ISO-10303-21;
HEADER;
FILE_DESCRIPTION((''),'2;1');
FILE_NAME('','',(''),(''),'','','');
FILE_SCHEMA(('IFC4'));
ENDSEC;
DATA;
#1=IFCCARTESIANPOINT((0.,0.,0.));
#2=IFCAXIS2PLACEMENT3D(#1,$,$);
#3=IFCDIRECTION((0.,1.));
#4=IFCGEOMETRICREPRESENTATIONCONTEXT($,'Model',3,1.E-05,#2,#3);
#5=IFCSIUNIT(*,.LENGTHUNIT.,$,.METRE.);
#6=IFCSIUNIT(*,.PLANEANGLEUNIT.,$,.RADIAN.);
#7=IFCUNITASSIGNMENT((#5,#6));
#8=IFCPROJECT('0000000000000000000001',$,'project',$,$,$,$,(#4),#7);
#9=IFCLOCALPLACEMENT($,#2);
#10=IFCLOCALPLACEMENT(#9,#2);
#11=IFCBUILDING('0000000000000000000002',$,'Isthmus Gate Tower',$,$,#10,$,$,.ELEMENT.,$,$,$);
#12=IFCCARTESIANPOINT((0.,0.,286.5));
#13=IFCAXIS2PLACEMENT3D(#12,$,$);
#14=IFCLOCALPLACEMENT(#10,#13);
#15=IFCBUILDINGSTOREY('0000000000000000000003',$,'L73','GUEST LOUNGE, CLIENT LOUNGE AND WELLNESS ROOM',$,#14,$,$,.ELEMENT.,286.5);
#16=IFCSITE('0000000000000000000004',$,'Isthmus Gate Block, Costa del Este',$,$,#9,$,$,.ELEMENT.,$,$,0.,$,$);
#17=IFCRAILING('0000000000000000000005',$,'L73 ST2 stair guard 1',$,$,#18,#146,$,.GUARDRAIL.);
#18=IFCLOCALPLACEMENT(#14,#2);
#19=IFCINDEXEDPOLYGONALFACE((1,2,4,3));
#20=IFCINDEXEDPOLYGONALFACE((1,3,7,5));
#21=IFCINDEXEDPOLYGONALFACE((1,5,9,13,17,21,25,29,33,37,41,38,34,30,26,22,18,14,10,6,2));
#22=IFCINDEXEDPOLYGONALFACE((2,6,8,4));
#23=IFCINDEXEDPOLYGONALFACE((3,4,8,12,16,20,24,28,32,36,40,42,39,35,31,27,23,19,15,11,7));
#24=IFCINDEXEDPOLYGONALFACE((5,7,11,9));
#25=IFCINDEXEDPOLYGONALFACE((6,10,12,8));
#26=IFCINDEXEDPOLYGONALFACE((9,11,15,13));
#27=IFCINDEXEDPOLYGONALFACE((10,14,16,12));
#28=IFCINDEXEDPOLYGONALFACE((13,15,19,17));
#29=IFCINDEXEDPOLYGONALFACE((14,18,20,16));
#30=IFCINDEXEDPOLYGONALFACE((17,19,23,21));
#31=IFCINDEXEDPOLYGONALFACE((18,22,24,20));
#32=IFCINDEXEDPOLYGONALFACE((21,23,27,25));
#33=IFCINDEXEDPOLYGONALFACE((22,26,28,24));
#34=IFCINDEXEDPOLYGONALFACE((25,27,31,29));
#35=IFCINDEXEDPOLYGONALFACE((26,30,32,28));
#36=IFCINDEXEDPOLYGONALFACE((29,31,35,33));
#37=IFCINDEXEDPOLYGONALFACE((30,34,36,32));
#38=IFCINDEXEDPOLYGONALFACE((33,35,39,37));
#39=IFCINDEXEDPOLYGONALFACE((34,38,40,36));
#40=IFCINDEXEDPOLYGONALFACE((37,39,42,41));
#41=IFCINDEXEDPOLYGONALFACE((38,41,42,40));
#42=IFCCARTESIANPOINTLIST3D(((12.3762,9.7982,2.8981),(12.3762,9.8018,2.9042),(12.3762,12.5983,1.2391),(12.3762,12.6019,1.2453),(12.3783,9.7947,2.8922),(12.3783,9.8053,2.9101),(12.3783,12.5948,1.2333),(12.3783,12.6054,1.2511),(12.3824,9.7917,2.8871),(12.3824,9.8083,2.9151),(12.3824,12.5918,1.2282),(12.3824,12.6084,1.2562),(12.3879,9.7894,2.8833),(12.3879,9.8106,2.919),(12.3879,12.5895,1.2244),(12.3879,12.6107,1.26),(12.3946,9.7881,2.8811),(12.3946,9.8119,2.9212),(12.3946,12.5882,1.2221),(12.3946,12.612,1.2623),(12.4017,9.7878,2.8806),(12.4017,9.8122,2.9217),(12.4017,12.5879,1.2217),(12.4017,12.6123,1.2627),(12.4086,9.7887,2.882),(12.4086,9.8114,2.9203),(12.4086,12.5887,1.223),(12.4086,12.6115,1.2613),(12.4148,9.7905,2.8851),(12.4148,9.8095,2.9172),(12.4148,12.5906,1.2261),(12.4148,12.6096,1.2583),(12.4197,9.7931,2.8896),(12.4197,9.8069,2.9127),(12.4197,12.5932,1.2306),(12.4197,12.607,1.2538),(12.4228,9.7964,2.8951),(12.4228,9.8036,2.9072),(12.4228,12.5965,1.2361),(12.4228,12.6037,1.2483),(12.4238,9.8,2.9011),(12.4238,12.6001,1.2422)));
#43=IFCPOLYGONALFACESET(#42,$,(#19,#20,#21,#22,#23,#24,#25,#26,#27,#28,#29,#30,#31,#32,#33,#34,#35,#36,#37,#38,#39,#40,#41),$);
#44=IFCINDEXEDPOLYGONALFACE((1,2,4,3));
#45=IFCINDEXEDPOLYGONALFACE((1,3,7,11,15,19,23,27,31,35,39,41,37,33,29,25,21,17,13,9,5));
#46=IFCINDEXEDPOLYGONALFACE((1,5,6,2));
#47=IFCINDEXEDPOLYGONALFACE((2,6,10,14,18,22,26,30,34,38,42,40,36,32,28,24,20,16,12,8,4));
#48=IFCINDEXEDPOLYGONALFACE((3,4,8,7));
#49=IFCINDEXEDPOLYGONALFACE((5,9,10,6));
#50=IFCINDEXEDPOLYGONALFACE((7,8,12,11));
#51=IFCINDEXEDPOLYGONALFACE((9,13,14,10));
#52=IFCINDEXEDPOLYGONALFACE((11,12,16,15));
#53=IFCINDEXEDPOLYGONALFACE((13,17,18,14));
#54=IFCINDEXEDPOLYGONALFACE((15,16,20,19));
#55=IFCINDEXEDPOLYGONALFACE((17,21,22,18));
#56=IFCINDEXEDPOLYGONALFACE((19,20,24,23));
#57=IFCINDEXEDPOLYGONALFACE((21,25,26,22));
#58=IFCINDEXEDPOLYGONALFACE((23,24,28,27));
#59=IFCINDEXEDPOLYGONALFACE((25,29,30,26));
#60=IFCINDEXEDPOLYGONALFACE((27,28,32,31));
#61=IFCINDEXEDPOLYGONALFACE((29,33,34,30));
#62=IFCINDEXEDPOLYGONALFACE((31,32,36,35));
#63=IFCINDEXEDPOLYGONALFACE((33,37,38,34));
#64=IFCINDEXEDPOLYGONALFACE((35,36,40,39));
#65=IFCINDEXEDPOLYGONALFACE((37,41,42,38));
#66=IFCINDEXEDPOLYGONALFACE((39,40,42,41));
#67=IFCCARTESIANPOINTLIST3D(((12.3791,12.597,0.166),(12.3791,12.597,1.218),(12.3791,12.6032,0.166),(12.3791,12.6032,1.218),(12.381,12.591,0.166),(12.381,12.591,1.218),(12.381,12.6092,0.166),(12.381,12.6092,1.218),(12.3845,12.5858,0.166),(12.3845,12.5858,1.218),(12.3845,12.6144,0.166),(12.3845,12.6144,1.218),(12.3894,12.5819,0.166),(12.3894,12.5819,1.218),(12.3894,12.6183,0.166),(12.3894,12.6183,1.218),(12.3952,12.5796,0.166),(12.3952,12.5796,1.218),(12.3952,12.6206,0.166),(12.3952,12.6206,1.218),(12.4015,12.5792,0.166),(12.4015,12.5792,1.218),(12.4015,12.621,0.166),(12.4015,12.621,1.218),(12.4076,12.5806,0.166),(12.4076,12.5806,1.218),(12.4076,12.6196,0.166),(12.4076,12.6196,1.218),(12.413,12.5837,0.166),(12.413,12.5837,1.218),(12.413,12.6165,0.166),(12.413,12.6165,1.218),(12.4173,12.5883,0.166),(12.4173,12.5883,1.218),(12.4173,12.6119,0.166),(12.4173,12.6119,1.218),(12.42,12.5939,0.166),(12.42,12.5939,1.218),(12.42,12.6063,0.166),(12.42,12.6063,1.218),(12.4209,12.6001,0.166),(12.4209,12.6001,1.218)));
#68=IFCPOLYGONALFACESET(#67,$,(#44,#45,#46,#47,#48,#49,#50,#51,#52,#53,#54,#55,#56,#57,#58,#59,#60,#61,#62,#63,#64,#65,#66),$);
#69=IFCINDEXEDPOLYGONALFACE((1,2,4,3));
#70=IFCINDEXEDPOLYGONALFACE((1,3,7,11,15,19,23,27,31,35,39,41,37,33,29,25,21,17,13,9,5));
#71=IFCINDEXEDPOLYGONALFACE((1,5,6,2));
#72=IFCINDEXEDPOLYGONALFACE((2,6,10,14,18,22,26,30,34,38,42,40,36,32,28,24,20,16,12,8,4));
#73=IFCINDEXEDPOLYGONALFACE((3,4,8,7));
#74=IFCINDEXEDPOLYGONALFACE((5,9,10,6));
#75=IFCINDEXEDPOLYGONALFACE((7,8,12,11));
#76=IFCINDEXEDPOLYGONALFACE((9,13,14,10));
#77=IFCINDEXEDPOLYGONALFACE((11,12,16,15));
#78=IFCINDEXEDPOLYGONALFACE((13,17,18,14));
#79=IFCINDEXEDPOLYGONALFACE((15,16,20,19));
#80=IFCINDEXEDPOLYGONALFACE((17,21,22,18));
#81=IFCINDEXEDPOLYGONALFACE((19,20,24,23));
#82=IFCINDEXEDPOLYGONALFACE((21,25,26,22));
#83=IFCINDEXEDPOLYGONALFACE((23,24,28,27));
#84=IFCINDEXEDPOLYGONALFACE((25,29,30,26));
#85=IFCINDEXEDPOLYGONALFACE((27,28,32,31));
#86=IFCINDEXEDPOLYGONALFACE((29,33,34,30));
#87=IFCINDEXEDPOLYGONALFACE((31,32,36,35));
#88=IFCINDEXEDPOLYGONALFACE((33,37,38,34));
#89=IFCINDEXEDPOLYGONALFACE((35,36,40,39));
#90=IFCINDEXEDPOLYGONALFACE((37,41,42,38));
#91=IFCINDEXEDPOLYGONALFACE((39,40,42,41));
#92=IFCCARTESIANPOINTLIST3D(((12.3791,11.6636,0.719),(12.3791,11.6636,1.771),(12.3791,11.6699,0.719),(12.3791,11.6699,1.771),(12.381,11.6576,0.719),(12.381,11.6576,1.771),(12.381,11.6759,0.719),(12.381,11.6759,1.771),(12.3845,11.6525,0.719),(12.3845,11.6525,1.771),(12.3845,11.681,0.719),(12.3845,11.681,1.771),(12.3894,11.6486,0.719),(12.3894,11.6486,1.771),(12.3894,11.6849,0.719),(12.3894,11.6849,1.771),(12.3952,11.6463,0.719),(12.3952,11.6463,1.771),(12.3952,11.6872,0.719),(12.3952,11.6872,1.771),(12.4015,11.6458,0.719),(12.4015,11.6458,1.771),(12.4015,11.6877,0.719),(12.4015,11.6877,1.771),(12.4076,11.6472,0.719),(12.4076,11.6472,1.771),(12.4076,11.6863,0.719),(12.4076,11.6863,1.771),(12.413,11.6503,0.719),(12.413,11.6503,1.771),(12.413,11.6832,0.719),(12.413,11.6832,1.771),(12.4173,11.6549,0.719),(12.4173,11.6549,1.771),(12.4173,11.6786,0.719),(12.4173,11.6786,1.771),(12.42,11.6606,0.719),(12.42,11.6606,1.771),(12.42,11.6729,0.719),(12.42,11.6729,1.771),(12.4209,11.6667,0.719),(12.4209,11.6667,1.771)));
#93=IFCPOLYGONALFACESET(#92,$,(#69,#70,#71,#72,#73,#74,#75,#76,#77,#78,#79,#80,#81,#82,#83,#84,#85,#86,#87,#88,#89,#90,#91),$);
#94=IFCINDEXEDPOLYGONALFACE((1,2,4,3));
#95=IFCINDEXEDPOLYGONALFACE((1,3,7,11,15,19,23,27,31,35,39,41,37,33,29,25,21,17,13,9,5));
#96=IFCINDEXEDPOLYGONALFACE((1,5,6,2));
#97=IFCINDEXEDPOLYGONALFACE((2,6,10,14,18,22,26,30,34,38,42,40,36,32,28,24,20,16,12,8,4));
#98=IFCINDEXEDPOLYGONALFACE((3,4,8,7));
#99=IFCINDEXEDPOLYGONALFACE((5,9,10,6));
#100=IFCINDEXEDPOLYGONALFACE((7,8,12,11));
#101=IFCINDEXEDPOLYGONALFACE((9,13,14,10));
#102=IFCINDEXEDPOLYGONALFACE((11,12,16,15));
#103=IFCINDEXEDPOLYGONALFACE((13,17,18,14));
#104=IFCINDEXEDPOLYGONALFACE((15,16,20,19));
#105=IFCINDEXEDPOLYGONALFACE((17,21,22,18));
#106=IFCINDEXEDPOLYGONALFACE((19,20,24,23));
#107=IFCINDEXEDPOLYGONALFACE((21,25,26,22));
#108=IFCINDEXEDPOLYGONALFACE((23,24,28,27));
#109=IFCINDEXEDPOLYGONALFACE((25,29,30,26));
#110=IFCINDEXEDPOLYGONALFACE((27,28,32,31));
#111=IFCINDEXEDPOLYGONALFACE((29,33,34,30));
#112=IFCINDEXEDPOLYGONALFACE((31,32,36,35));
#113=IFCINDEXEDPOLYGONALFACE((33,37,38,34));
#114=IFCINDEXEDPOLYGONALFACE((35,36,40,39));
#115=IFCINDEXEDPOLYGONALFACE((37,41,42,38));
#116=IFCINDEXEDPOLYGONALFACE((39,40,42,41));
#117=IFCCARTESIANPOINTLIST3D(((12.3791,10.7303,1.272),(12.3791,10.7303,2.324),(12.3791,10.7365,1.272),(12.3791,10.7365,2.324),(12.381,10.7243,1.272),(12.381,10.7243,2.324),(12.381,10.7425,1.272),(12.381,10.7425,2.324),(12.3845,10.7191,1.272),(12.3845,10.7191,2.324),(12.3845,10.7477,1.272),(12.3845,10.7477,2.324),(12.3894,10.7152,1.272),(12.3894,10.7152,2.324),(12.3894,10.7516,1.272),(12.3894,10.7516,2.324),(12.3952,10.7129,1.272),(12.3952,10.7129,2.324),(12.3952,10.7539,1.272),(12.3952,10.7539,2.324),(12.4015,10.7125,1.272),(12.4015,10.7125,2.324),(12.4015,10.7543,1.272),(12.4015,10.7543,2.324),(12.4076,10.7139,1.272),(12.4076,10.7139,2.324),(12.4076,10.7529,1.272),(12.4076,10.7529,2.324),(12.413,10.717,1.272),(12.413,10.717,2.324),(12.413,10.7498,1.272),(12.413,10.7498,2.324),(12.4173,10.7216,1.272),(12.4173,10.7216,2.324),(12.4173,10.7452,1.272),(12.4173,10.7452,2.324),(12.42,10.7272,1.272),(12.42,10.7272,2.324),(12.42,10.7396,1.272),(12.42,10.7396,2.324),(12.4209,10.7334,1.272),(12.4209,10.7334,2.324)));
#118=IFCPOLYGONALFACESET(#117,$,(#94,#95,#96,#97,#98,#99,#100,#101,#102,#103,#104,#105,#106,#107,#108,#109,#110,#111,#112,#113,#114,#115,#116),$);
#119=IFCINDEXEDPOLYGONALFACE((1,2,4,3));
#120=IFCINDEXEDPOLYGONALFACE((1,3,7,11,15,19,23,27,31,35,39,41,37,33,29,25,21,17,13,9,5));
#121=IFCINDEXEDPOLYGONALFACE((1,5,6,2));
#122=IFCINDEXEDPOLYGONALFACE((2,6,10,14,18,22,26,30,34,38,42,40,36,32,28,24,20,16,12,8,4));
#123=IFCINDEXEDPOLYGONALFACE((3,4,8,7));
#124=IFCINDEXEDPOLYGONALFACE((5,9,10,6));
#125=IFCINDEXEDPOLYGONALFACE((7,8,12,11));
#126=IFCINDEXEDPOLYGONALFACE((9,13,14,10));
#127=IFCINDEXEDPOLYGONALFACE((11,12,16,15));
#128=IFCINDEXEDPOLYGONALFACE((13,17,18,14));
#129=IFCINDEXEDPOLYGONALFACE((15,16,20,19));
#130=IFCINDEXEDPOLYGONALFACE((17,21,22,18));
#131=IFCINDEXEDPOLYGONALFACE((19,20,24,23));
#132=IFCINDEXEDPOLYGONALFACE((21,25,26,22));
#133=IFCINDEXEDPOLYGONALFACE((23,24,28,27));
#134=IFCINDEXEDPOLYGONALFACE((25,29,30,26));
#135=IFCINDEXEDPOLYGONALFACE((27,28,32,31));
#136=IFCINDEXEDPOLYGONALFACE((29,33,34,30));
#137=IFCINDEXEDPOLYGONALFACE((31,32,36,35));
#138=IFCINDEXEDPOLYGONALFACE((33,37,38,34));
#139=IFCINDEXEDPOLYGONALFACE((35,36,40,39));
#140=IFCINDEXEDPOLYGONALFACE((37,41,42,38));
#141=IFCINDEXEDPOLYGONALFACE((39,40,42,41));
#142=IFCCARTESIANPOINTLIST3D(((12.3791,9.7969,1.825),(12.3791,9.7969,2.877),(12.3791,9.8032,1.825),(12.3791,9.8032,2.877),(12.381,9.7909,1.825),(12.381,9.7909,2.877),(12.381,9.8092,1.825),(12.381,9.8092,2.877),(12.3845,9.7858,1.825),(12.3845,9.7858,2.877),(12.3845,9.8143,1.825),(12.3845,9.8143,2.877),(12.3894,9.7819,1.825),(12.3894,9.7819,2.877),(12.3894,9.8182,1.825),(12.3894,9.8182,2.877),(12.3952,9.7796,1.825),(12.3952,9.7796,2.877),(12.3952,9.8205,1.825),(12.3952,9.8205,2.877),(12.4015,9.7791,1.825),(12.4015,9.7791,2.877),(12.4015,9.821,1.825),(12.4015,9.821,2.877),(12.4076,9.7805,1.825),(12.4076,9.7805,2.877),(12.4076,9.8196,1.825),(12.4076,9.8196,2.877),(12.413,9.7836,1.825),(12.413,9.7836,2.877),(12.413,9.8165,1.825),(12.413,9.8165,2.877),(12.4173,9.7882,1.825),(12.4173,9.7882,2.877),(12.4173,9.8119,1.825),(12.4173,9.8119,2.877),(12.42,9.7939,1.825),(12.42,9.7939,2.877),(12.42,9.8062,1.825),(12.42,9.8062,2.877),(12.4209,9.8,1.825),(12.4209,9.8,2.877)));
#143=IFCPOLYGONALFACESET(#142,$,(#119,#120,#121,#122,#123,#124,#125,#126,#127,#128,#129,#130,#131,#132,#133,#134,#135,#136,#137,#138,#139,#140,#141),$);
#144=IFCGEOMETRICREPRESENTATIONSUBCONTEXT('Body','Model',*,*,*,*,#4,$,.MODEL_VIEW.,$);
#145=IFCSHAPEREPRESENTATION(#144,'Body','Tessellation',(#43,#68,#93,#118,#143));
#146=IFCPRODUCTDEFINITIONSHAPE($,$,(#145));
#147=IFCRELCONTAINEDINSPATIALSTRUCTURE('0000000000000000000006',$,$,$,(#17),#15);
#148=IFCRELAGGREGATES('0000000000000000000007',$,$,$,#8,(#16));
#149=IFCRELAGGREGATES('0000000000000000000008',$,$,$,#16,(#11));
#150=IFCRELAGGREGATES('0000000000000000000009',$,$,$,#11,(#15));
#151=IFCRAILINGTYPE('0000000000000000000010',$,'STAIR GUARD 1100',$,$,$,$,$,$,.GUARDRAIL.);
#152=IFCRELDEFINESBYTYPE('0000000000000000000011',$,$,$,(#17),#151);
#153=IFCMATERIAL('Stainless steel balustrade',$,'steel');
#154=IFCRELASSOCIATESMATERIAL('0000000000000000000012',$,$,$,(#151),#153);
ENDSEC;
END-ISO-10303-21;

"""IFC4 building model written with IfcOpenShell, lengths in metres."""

from ifc_helpers import new_model, si_unit, direction, frame, origin, origin_2d, place, context, subcontext, project, spatial, circle, extrude, material, type_object, element, save


model = new_model("IFC4")

# Units and contexts
model_context = context("Model", 3, precision=1e-05, world=origin(), true_north=direction((0.0, 1.0)))
body_context = subcontext(model_context, "Body", "Model", "MODEL_VIEW")
ifc_project = project(units=[si_unit("LENGTHUNIT", "METRE"), si_unit("PLANEANGLEUNIT", "RADIAN")], contexts=[model_context])

# Site, building, storey
site_placement = place(None, origin())
site = spatial("IfcSite", under=ifc_project, at=site_placement, Name="Isthmus Gate Block, Costa del Este", CompositionType="ELEMENT", RefElevation=0.0)
building_placement = place(site_placement, origin())
building = spatial("IfcBuilding", under=site, at=building_placement, Name="Isthmus Gate Tower", CompositionType="ELEMENT")
storey_placement = place(building_placement, frame((0.0, 0.0, 286.5)))
storey = spatial("IfcBuildingStorey", under=building, at=storey_placement, Name="L73", Description="GUEST LOUNGE, CLIENT LOUNGE AND WELLNESS ROOM", CompositionType="ELEMENT", Elevation=286.5)

# Railing
ifc_material_1 = material(Name="Stainless steel balustrade", Category="steel")
railing_type_1 = type_object("IfcRailingType", Name="STAIR GUARD 1100", PredefinedType="GUARDRAIL", material=ifc_material_1)
railing_1_placement = place(storey_placement, frame((12.3999, 12.6001, 0.166)))
element("IfcRailing", 1, at=railing_1_placement, inside=storey, type_object=railing_type_1, Name="L73 ST2 stair guard 1", PredefinedType="GUARDRAIL", context=body_context, shape_type="SweptSolid", body=[
    extrude(circle(Radius=0.0239, at=origin_2d()), frame((0.0, 0.0, 1.0762), z_axis=(0.0, -0.860339, 0.509722), x_axis=(1.0, 0.0, 0.0)), (0.0, 0.0, 1.0), 3.2546),
    extrude(circle(Radius=0.021, at=origin_2d()), origin(), (0.0, 0.0, 1.0), 1.052),
    extrude(circle(Radius=0.021, at=origin_2d()), frame((0.0, -0.9333, 0.553)), (0.0, 0.0, 1.0), 1.052),
    extrude(circle(Radius=0.021, at=origin_2d()), frame((0.0, -1.8667, 1.106)), (0.0, 0.0, 1.0), 1.052),
    extrude(circle(Radius=0.021, at=origin_2d()), frame((0.0, -2.8, 1.6589)), (0.0, 0.0, 1.0), 1.052),
])

save(model, "model.ifc")
